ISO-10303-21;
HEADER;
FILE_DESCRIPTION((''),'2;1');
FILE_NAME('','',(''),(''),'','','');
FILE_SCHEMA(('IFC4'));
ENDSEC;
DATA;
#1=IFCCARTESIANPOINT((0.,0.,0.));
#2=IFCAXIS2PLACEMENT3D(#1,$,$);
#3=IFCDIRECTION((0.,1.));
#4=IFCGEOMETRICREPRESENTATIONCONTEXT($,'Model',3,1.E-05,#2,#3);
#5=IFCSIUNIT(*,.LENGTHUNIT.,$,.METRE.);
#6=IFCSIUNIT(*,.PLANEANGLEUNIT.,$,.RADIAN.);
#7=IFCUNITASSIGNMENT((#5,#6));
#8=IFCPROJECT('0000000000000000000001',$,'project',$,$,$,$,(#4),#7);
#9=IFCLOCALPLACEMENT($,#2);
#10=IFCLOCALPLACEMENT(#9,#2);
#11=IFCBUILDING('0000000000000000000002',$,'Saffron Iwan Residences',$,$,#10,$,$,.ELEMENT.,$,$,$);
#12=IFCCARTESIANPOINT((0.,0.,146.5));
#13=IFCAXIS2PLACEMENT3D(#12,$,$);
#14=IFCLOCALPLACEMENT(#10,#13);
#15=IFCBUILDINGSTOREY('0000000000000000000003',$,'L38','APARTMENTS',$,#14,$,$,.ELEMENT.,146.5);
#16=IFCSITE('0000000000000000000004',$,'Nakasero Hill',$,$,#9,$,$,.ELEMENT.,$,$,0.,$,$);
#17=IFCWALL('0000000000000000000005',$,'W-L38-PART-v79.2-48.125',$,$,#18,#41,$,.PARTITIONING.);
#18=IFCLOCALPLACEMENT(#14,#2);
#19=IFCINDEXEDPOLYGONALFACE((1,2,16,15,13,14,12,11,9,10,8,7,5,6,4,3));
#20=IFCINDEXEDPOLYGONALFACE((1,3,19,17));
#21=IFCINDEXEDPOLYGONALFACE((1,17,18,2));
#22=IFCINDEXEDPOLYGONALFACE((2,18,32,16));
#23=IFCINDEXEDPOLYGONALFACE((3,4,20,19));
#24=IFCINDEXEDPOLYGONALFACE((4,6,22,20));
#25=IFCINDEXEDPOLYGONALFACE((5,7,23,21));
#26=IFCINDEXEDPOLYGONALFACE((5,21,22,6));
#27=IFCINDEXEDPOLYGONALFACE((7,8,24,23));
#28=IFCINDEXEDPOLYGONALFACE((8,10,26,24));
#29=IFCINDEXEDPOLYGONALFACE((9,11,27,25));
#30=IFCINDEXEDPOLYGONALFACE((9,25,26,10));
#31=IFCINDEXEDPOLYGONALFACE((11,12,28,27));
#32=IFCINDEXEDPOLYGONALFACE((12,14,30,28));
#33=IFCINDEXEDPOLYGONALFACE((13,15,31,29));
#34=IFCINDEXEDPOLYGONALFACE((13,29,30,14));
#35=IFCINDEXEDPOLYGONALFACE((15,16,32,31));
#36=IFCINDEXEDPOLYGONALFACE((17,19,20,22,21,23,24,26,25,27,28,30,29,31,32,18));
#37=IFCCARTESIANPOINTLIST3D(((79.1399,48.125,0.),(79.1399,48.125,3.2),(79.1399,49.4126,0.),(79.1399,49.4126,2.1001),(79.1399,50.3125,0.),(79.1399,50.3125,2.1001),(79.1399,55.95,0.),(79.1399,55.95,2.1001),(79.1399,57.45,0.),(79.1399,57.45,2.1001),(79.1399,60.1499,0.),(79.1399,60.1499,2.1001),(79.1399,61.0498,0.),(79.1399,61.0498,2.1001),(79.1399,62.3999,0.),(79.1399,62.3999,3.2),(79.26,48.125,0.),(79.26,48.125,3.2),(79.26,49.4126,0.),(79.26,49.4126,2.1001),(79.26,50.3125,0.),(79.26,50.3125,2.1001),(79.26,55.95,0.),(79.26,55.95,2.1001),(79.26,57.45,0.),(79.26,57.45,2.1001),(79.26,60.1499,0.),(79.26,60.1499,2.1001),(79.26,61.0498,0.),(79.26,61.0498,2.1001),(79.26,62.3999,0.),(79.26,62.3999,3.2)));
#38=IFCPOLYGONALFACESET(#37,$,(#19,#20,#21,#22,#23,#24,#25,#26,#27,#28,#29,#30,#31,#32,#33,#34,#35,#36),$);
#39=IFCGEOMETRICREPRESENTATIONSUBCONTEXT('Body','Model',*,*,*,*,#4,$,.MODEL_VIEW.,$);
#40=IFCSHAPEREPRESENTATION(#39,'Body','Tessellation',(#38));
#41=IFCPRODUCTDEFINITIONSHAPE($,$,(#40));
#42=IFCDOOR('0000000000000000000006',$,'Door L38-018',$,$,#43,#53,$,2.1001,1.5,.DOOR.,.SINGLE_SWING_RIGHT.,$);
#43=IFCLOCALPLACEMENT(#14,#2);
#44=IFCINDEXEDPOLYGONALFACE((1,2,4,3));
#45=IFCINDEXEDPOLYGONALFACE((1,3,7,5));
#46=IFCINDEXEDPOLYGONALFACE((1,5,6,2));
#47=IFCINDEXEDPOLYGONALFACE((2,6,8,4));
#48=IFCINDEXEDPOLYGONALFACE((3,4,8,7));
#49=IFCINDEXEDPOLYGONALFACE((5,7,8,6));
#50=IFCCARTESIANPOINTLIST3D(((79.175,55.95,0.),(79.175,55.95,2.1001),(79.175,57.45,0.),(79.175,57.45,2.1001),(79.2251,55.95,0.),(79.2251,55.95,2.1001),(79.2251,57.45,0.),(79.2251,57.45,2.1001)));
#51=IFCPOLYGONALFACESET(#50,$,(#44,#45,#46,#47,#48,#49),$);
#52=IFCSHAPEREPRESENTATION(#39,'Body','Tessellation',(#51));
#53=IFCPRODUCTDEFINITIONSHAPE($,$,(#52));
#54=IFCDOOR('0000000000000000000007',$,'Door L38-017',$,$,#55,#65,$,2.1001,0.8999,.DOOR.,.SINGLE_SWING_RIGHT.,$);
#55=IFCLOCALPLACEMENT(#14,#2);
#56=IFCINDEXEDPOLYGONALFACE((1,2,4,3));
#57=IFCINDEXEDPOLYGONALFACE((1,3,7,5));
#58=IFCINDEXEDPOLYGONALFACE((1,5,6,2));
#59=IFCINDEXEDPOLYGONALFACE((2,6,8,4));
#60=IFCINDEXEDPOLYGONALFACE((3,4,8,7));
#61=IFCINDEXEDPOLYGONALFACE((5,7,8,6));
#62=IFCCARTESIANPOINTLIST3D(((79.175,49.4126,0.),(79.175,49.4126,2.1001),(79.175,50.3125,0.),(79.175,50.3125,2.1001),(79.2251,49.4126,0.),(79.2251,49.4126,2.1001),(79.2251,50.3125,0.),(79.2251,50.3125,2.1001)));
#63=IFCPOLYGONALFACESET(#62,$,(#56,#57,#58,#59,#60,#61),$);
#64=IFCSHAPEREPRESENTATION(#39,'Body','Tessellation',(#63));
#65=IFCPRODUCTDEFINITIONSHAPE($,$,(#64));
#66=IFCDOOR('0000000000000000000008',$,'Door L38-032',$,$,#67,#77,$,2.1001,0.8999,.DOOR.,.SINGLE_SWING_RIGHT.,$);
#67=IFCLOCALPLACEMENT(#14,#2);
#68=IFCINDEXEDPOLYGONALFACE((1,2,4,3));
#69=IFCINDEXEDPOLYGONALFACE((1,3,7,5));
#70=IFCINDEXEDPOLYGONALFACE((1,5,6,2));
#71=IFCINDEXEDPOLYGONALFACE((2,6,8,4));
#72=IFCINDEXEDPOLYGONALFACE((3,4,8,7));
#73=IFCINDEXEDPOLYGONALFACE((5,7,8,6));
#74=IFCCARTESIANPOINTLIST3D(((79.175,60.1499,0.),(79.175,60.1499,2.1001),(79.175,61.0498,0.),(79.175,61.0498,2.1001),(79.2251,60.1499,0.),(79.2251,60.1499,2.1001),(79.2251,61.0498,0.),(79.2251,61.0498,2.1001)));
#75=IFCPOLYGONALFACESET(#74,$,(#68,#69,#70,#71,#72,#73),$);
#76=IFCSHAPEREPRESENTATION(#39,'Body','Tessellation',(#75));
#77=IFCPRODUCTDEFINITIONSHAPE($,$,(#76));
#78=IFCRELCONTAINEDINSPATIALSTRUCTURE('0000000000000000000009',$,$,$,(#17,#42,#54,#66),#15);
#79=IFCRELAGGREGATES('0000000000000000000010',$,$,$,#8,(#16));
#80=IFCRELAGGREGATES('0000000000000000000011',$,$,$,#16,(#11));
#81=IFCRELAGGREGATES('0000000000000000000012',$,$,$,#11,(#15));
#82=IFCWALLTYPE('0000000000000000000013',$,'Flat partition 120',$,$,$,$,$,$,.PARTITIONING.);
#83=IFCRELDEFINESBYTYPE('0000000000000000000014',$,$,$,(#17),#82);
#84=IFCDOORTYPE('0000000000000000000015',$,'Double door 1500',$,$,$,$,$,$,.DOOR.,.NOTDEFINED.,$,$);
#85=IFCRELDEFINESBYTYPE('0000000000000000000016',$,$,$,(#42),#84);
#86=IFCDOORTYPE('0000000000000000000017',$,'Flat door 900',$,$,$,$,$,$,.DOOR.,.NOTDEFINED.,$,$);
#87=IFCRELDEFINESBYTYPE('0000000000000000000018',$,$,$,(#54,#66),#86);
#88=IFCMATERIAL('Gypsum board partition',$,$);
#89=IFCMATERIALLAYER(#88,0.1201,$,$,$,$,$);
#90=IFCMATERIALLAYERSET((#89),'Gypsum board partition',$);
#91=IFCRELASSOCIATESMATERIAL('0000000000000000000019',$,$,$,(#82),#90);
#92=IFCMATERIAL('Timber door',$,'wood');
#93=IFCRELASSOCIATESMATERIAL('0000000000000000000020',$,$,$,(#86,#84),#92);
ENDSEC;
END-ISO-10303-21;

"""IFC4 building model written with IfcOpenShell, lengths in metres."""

from ifc_helpers import new_model, si_unit, direction, frame, frame_2d, origin, place, context, subcontext, project, spatial, rectangle, extrude, material, layer, layer_set, type_object, element, fill, save


model = new_model("IFC4")

# Units and contexts
model_context = context("Model", 3, precision=1e-05, world=origin(), true_north=direction((0.0, 1.0)))
body_context = subcontext(model_context, "Body", "Model", "MODEL_VIEW")
ifc_project = project(units=[si_unit("LENGTHUNIT", "METRE"), si_unit("PLANEANGLEUNIT", "RADIAN")], contexts=[model_context])

# Site, building, storey
site_placement = place(None, origin())
site = spatial("IfcSite", under=ifc_project, at=site_placement, Name="Nakasero Hill", CompositionType="ELEMENT", RefElevation=0.0)
building_placement = place(site_placement, origin())
building = spatial("IfcBuilding", under=site, at=building_placement, Name="Saffron Iwan Residences", CompositionType="ELEMENT")
storey_placement = place(building_placement, frame((0.0, 0.0, 146.5)))
storey = spatial("IfcBuildingStorey", under=building, at=storey_placement, Name="L38", Description="APARTMENTS", CompositionType="ELEMENT", Elevation=146.5)

# Shared definitions
ifc_material_1 = material(Name="Gypsum board partition")
ifc_layer_1 = layer(ifc_material_1, 0.1201)
ifc_layer_set_1 = layer_set([ifc_layer_1], Name="Gypsum board partition")
wall_type_1 = type_object("IfcWallType", Name="Flat partition 120", PredefinedType="PARTITIONING", material=ifc_layer_set_1)

# Shared definitions
ifc_material_2 = material(Name="Timber door", Category="wood")

# Shared definitions
door_type_1 = type_object("IfcDoorType", Name="Flat door 900", OperationType="NOTDEFINED", PredefinedType="DOOR", material=ifc_material_2)

# Wall, openings, doors
wall_1_placement = place(storey_placement, frame((79.2, 48.125, 0.0), z_axis=(0.0, 0.0, 1.0), x_axis=(0.0, 1.0, 0.0)))
wall_1 = element("IfcWall", 1, at=wall_1_placement, inside=storey, type_object=wall_type_1, Name="W-L38-PART-v79.2-48.125", PredefinedType="PARTITIONING", context=body_context, shape_type="SweptSolid", body=[
    extrude(rectangle(XDim=14.2749, YDim=0.1201, at=frame_2d((7.1375, 0.0))), origin(), (0.0, 0.0, 1.0), 3.2),
])
opening_1_placement = place(wall_1_placement, frame((1.2876, 0.0, 0.0)))
opening_1 = element("IfcOpeningElement", 2, at=opening_1_placement, cuts=wall_1, PredefinedType="OPENING", context=body_context, shape_type="SweptSolid", body=[
    extrude(rectangle(XDim=0.8999, YDim=2.1001, at=frame_2d((0.45, 1.05))), frame((0.0, 0.0701, 0.0), z_axis=(0.0, -1.0, 0.0), x_axis=(1.0, 0.0, 0.0)), (0.0, 0.0, 1.0), 0.1401),
])
opening_2_placement = place(wall_1_placement, frame((7.825, 0.0, 0.0)))
opening_2 = element("IfcOpeningElement", 3, at=opening_2_placement, cuts=wall_1, PredefinedType="OPENING", context=body_context, shape_type="SweptSolid", body=[
    extrude(rectangle(XDim=1.5, YDim=2.1001, at=frame_2d((0.75, 1.05))), frame((0.0, 0.0701, 0.0), z_axis=(0.0, -1.0, 0.0), x_axis=(1.0, 0.0, 0.0)), (0.0, 0.0, 1.0), 0.1401),
])
opening_3_placement = place(wall_1_placement, frame((12.0249, 0.0, 0.0)))
opening_3 = element("IfcOpeningElement", 4, at=opening_3_placement, cuts=wall_1, PredefinedType="OPENING", context=body_context, shape_type="SweptSolid", body=[
    extrude(rectangle(XDim=0.8999, YDim=2.1001, at=frame_2d((0.45, 1.05))), frame((0.0, 0.0701, 0.0), z_axis=(0.0, -1.0, 0.0), x_axis=(1.0, 0.0, 0.0)), (0.0, 0.0, 1.0), 0.1401),
])
door_type_2 = type_object("IfcDoorType", Name="Double door 1500", OperationType="NOTDEFINED", PredefinedType="DOOR", material=ifc_material_2)
door_1_placement = place(opening_2_placement, origin())
door_1 = element("IfcDoor", 5, at=door_1_placement, inside=storey, type_object=door_type_2, Name="Door L38-018", OperationType="SINGLE_SWING_RIGHT", OverallHeight=2.1001, OverallWidth=1.5, PredefinedType="DOOR", context=body_context, shape_type="SweptSolid", body=[
    extrude(rectangle(XDim=1.5, YDim=2.1001, at=frame_2d((0.75, 1.05))), frame((0.0, 0.0249, 0.0), z_axis=(0.0, -1.0, 0.0), x_axis=(1.0, 0.0, 0.0)), (0.0, 0.0, 1.0), 0.05),
])
fill(opening_2, door_1)
door_2_placement = place(opening_1_placement, origin())
door_2 = element("IfcDoor", 6, at=door_2_placement, inside=storey, type_object=door_type_1, Name="Door L38-017", OperationType="SINGLE_SWING_RIGHT", OverallHeight=2.1001, OverallWidth=0.8999, PredefinedType="DOOR", context=body_context, shape_type="SweptSolid", body=[
    extrude(rectangle(XDim=0.8999, YDim=2.1001, at=frame_2d((0.45, 1.05))), frame((0.0, 0.0249, 0.0), z_axis=(0.0, -1.0, 0.0), x_axis=(1.0, 0.0, 0.0)), (0.0, 0.0, 1.0), 0.05),
])
fill(opening_1, door_2)
door_3_placement = place(opening_3_placement, origin())
door_3 = element("IfcDoor", 7, at=door_3_placement, inside=storey, type_object=door_type_1, Name="Door L38-032", OperationType="SINGLE_SWING_RIGHT", OverallHeight=2.1001, OverallWidth=0.8999, PredefinedType="DOOR", context=body_context, shape_type="SweptSolid", body=[
    extrude(rectangle(XDim=0.8999, YDim=2.1001, at=frame_2d((0.45, 1.05))), frame((0.0, 0.0249, 0.0), z_axis=(0.0, -1.0, 0.0), x_axis=(1.0, 0.0, 0.0)), (0.0, 0.0, 1.0), 0.05),
])
fill(opening_3, door_3)

save(model, "model.ifc")
